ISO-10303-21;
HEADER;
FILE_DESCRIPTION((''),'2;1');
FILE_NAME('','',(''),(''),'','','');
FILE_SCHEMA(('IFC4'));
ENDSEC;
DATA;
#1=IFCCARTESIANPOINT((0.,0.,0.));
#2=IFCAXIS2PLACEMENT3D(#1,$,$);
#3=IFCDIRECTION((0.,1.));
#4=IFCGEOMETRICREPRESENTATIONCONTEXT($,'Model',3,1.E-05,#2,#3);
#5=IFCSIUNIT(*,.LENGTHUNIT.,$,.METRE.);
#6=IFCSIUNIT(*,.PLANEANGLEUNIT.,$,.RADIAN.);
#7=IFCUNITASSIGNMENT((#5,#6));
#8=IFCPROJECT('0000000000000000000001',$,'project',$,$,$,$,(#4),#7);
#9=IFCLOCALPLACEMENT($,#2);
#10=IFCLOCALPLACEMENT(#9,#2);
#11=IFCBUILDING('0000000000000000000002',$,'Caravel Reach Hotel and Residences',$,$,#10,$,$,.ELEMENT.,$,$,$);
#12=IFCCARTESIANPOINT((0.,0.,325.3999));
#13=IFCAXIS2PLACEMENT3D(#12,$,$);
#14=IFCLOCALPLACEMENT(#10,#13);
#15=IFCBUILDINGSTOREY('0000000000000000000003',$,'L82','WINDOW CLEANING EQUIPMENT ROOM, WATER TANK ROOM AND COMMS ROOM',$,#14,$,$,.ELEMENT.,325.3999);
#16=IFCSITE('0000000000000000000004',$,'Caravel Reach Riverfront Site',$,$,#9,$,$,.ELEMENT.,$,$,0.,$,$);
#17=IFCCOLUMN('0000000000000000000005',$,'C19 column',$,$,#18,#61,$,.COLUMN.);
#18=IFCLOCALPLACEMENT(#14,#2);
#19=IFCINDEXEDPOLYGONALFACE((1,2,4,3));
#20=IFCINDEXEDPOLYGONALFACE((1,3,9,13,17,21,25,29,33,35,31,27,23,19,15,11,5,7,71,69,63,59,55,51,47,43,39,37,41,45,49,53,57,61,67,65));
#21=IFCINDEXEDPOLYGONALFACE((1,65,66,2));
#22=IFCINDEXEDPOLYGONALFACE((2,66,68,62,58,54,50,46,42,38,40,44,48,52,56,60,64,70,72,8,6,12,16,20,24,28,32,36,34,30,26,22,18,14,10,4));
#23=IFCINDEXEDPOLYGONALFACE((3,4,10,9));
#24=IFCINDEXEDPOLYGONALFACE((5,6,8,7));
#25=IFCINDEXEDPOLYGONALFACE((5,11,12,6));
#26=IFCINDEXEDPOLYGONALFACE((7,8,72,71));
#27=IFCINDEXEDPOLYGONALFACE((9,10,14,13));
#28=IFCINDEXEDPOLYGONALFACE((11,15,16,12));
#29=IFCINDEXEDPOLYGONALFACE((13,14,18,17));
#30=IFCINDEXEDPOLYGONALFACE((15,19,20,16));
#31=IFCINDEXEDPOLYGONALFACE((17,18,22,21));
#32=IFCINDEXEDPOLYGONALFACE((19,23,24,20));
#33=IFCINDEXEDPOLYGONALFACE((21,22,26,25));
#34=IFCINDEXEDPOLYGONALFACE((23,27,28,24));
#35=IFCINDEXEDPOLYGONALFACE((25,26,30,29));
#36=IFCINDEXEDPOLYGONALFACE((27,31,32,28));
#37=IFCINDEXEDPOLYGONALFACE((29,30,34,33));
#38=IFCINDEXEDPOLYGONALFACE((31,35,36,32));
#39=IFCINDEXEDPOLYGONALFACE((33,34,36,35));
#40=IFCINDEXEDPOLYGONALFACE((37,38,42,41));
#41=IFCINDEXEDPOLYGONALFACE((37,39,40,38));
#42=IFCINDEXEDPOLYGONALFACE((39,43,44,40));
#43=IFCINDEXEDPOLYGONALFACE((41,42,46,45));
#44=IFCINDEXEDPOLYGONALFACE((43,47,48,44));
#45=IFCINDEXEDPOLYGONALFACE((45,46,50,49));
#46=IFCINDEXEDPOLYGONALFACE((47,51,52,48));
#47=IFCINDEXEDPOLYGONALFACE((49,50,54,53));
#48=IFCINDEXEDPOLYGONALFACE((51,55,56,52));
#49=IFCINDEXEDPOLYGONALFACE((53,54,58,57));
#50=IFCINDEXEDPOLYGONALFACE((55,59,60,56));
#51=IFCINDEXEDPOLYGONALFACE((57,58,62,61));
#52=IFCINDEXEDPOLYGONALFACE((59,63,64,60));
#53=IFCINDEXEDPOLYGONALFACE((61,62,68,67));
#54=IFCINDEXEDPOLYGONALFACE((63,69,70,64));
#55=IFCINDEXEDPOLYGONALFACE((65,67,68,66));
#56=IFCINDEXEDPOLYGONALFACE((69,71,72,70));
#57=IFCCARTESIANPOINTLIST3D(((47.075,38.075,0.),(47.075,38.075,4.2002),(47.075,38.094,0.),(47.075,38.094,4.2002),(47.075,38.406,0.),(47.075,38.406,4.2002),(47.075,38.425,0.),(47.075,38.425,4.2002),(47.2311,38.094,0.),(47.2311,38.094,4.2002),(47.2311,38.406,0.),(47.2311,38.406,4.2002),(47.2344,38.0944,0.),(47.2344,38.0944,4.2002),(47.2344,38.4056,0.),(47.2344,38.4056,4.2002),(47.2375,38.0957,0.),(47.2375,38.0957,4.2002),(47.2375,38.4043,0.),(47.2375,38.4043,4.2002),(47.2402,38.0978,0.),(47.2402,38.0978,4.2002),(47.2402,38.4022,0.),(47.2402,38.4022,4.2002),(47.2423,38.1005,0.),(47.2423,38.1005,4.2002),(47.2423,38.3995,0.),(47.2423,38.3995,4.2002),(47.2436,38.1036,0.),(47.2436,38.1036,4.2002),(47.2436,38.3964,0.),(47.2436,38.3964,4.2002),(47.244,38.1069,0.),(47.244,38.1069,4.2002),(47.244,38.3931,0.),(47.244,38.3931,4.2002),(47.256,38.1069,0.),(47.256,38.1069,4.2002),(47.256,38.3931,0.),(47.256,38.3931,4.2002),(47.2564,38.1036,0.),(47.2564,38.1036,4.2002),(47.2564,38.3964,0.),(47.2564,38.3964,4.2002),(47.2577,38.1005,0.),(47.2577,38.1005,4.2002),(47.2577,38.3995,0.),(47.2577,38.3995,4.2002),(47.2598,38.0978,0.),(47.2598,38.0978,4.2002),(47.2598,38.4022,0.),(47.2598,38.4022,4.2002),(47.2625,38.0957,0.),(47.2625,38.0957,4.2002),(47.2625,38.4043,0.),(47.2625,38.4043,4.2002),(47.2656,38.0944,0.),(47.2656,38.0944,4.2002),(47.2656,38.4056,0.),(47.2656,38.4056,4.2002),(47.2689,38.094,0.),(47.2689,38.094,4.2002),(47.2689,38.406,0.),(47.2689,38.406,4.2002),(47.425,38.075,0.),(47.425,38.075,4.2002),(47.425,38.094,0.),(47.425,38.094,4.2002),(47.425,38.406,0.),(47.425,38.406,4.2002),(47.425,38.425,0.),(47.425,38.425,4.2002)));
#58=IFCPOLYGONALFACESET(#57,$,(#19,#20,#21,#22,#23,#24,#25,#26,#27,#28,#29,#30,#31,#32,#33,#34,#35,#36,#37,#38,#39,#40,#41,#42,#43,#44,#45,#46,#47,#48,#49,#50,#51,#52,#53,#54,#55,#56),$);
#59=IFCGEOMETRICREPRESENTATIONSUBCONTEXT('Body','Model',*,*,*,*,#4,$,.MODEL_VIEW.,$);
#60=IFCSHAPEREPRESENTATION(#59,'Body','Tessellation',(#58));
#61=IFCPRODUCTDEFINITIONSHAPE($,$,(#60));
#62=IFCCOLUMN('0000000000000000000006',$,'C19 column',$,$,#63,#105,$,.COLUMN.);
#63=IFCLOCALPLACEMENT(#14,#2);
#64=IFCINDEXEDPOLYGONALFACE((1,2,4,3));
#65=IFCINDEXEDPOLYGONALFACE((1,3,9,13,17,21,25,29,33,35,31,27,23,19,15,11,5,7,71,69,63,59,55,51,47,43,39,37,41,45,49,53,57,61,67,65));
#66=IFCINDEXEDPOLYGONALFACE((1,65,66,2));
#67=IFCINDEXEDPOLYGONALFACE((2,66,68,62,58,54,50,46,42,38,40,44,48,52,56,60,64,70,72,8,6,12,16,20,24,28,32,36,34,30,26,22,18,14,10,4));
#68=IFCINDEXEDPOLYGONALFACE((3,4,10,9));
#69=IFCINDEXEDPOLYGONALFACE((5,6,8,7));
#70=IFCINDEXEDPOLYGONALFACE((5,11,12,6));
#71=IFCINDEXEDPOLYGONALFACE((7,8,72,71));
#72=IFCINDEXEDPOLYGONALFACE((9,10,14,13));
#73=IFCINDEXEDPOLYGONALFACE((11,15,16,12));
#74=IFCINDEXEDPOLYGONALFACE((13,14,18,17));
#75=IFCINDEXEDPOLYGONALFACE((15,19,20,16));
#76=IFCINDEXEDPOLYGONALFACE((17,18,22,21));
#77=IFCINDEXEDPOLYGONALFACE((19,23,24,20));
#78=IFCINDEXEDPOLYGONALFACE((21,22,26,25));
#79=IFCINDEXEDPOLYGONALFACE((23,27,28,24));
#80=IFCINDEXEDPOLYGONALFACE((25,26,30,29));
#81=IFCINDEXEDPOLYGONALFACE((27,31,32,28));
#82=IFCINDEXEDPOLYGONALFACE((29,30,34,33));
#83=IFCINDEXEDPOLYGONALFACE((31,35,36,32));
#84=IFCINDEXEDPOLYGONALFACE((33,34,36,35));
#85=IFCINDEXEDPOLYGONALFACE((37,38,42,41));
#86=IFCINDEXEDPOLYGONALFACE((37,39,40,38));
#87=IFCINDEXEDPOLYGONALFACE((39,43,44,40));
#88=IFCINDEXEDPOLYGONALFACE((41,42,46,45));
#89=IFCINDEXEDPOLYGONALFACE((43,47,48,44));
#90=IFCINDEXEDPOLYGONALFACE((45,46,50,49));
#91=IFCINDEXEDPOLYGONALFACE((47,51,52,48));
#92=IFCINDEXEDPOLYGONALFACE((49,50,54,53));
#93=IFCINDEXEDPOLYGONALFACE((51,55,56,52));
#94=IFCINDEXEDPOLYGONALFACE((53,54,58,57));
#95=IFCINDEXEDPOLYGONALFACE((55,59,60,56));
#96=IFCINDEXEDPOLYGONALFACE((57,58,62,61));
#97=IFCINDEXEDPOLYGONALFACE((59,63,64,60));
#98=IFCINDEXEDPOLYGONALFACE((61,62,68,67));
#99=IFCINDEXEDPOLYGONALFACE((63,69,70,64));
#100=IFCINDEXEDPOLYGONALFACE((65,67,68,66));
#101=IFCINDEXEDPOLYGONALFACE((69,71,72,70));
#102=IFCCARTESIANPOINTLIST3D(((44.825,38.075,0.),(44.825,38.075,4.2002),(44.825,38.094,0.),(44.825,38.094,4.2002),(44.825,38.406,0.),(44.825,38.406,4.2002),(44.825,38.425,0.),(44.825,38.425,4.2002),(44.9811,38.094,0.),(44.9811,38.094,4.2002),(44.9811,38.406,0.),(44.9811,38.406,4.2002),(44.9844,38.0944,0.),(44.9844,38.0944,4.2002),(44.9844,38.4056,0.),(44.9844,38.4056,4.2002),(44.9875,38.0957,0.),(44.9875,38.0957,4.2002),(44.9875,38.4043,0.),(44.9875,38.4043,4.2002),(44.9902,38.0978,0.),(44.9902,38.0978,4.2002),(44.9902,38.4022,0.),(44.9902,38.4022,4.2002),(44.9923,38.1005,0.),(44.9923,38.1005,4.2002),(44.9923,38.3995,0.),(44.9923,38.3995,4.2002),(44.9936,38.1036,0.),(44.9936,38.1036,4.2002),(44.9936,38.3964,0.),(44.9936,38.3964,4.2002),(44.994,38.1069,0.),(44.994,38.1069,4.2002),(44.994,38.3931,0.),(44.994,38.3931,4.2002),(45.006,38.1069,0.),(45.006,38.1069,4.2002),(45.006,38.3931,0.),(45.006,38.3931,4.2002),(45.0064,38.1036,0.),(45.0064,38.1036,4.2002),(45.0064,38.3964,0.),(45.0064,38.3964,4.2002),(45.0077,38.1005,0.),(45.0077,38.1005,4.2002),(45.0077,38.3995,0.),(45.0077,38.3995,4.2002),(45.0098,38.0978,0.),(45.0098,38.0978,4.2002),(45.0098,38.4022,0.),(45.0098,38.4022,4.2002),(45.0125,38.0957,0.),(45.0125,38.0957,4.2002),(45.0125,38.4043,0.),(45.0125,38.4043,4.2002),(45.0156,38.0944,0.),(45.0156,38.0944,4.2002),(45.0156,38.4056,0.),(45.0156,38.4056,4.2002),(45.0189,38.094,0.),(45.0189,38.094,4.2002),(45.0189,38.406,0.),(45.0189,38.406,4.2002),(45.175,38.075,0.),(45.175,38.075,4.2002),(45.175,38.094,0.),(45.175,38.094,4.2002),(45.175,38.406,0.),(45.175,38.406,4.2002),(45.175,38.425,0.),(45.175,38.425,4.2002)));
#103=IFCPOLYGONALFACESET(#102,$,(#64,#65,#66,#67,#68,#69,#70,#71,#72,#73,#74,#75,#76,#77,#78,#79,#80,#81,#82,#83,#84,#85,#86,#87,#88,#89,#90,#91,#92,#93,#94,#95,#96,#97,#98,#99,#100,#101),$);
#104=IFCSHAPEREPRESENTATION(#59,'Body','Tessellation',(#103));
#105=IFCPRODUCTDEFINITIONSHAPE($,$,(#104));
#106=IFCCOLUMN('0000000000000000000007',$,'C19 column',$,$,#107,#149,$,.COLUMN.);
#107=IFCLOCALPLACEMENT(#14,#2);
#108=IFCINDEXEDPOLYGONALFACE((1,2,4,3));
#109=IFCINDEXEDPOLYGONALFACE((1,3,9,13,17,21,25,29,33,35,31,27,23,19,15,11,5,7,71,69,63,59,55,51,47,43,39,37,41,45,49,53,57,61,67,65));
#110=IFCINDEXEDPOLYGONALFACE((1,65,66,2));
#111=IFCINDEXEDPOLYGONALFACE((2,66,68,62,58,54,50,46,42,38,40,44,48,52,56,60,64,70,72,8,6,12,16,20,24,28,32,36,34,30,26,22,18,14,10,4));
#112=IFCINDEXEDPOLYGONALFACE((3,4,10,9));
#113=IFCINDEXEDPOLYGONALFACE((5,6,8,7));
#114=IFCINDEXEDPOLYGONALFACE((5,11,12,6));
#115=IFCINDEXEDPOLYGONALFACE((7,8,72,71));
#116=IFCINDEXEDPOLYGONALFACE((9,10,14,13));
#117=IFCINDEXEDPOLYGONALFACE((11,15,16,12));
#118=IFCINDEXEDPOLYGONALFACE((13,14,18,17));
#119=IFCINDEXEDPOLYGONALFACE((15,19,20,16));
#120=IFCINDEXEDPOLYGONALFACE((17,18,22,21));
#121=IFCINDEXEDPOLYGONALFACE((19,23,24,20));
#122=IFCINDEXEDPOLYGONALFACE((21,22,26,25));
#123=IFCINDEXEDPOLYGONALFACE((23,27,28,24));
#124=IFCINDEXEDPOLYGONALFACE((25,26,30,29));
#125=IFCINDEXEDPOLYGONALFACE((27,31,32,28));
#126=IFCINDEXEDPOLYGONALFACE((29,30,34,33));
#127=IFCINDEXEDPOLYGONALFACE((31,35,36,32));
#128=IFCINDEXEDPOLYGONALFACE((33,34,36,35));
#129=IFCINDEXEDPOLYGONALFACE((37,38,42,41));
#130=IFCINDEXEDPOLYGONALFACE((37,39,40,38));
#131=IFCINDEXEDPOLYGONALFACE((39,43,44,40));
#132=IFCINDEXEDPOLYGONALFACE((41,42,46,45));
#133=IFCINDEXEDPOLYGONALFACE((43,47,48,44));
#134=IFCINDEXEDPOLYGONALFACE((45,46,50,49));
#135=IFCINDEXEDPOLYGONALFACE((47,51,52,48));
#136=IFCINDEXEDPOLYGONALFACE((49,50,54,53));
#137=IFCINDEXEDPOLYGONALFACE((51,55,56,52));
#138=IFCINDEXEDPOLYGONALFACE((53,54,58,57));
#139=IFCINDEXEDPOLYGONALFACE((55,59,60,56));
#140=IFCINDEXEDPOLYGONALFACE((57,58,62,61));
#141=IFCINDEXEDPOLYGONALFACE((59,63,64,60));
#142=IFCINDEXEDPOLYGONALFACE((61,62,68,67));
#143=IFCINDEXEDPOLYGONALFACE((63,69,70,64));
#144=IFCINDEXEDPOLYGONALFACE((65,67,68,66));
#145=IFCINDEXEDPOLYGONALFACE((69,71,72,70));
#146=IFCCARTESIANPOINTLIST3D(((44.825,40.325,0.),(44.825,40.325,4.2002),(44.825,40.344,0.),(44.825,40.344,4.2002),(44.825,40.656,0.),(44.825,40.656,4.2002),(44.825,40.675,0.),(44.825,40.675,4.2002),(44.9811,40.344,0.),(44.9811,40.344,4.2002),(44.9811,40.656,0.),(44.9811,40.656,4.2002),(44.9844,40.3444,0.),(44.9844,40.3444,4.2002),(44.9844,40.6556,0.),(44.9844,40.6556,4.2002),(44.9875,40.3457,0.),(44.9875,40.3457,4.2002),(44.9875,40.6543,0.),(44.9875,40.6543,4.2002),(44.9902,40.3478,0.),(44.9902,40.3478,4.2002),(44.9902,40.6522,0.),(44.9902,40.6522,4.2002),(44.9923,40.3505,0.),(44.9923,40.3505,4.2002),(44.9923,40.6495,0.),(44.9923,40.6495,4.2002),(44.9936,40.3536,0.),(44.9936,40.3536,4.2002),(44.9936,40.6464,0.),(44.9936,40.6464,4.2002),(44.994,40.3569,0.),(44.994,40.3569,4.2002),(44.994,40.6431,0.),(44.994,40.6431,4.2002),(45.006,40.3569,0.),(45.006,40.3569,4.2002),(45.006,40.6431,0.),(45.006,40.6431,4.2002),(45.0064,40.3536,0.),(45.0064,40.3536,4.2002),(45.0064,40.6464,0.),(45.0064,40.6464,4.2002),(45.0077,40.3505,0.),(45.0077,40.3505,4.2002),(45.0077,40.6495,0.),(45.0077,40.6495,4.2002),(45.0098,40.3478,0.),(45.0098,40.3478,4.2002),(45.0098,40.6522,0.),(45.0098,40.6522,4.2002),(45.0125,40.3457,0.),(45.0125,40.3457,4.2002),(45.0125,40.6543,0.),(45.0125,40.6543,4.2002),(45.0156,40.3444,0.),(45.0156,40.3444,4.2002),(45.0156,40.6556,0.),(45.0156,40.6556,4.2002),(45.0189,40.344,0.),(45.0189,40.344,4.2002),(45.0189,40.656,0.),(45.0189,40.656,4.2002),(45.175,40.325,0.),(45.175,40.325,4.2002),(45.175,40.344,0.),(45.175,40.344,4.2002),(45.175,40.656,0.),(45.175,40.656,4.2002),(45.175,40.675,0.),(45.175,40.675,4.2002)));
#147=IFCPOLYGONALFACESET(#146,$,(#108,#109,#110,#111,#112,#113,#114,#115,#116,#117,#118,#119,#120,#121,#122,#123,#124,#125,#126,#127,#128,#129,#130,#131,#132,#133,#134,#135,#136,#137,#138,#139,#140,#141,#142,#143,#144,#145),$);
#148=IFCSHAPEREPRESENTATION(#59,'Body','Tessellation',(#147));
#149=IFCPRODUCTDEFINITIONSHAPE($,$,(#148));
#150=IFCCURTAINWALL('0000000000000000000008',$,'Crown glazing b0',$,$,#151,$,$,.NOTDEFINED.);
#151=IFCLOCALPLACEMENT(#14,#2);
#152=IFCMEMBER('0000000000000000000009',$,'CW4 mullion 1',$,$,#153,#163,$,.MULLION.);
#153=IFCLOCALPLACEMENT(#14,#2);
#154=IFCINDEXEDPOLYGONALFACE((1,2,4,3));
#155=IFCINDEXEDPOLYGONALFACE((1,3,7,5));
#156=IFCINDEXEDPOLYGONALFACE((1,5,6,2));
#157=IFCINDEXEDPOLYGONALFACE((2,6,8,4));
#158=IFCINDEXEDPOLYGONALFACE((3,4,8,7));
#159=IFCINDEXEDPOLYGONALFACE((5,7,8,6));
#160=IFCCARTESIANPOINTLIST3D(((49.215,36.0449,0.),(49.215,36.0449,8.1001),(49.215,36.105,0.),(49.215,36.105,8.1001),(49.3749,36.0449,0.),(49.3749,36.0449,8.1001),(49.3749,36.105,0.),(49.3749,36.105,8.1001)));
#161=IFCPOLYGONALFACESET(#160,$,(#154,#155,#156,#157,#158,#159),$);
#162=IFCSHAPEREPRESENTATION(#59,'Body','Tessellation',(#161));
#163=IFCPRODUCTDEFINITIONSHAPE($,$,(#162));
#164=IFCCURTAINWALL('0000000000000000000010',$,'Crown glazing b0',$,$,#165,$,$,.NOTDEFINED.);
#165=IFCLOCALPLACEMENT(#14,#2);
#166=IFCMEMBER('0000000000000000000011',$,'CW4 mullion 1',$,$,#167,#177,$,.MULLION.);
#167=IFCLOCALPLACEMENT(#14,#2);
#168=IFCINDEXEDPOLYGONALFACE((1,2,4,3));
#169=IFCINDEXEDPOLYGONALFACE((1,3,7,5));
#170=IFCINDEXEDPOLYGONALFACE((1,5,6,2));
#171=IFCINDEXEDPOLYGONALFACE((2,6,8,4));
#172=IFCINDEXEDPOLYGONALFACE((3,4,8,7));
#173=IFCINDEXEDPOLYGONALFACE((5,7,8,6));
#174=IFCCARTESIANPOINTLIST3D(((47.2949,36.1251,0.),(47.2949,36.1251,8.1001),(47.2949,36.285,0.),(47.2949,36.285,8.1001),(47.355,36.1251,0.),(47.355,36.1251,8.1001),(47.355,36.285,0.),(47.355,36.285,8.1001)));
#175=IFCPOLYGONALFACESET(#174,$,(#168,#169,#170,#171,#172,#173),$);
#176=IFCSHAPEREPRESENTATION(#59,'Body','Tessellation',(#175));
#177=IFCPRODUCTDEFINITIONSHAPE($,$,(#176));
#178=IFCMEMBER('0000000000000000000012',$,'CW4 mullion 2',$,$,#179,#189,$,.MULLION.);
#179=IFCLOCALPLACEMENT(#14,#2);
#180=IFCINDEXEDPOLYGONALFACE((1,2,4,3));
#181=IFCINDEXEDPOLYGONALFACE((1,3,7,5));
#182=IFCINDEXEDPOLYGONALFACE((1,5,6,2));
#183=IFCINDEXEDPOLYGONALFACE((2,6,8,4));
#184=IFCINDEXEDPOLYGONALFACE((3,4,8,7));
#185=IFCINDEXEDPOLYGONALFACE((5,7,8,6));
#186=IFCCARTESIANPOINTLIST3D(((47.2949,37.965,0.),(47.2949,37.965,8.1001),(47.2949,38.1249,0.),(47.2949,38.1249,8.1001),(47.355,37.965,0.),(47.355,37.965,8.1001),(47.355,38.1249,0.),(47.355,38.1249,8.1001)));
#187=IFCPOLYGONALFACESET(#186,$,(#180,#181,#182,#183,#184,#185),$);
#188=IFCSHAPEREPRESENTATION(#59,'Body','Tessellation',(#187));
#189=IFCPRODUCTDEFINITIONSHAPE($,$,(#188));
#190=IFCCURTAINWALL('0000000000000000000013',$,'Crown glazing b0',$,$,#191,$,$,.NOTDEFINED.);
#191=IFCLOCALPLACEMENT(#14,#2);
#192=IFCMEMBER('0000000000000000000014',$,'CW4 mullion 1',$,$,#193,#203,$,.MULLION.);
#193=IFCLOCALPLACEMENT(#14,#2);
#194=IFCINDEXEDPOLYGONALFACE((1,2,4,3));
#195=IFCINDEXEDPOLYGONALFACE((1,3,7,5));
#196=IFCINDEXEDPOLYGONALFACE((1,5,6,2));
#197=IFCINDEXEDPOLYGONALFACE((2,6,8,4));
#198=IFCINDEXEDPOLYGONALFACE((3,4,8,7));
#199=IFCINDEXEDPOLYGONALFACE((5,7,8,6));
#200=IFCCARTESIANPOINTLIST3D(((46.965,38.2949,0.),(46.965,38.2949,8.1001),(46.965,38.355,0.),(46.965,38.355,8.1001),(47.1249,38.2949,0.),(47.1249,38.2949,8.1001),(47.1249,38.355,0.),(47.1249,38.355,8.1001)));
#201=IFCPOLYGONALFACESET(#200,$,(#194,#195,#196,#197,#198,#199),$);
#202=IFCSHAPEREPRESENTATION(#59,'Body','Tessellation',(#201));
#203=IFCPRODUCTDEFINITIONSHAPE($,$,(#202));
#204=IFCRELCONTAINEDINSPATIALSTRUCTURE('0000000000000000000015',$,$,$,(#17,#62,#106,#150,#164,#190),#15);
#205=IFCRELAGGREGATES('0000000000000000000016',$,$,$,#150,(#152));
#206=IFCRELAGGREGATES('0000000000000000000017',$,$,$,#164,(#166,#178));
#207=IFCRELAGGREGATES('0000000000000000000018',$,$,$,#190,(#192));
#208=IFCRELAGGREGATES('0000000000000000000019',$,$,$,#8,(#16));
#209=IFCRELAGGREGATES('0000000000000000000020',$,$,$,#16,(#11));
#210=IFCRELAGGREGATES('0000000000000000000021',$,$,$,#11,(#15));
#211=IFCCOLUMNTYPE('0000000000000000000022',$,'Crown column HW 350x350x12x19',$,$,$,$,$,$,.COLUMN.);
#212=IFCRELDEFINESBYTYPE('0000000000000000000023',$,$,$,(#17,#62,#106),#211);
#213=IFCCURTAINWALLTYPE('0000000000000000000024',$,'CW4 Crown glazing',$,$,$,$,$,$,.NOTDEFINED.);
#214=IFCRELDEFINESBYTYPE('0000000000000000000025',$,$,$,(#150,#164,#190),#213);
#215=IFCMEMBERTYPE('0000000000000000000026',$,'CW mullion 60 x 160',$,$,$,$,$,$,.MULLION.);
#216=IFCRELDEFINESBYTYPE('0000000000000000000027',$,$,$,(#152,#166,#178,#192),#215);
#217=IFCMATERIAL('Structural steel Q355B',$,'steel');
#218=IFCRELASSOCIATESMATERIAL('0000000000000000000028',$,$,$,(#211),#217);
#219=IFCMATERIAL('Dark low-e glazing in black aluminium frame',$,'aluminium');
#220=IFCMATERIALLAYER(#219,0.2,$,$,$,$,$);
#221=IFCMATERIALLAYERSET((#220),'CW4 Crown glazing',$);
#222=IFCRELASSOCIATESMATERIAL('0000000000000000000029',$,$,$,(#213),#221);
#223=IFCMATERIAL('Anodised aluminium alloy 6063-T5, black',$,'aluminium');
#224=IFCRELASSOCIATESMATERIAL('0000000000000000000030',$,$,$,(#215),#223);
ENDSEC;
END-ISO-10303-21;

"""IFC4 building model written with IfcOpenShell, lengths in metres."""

from ifc_helpers import new_model, si_unit, direction, frame, origin, origin_2d, place, context, subcontext, project, spatial, rectangle, i_section, extrude, material, layer, layer_set, material_profile, profile_set, type_object, element, aggregate, save


model = new_model("IFC4")

# Units and contexts
model_context = context("Model", 3, precision=1e-05, world=origin(), true_north=direction((0.0, 1.0)))
body_context = subcontext(model_context, "Body", "Model", "MODEL_VIEW")
ifc_project = project(units=[si_unit("LENGTHUNIT", "METRE"), si_unit("PLANEANGLEUNIT", "RADIAN")], contexts=[model_context])

# Site, building, storey
site_placement = place(None, origin())
site = spatial("IfcSite", under=ifc_project, at=site_placement, Name="Caravel Reach Riverfront Site", CompositionType="ELEMENT", RefElevation=0.0)
building_placement = place(site_placement, origin())
building = spatial("IfcBuilding", under=site, at=building_placement, Name="Caravel Reach Hotel and Residences", CompositionType="ELEMENT")
storey_placement = place(building_placement, frame((0.0, 0.0, 325.3999)))
storey = spatial("IfcBuildingStorey", under=building, at=storey_placement, Name="L82", Description="WINDOW CLEANING EQUIPMENT ROOM, WATER TANK ROOM AND COMMS ROOM", CompositionType="ELEMENT", Elevation=325.3999)

# Columns
ifc_material_1 = material(Name="Structural steel Q355B", Category="steel")
ifc_material_profile_1 = material_profile(ifc_material_1, i_section(OverallWidth=0.3501, OverallDepth=0.3501, WebThickness=0.012, FlangeThickness=0.019, FilletRadius=0.0129, at=origin_2d()), Name="HW 350x350x12x19")
ifc_profile_set_1 = profile_set([ifc_material_profile_1], Name="Structural steel Q355B")
column_type = type_object("IfcColumnType", Name="Crown column HW 350x350x12x19", PredefinedType="COLUMN", material=ifc_profile_set_1)
for number, where, z_axis, x_axis, name in (
    (1, (47.25, 38.25, 0.0), (0.0, 0.0, 1.0), (1.0, 0.0, 0.0), "C19 column"),
    (2, (45.0, 38.25, 0.0), (0.0, 0.0, 1.0), (1.0, 0.0, 0.0), "C19 column"),
    (3, (45.0, 40.5, 0.0), (0.0, 0.0, 1.0), (1.0, 0.0, 0.0), "C19 column"),
):
    element("IfcColumn", number, at=place(storey_placement, frame(where, z_axis=z_axis, x_axis=x_axis)), inside=storey, type_object=column_type, Name=name, PredefinedType="COLUMN", context=body_context, shape_type="SweptSolid", body=[
        extrude(i_section(OverallWidth=0.3501, OverallDepth=0.3501, WebThickness=0.012, FlangeThickness=0.019, FilletRadius=0.0129, at=origin_2d()), origin(), (0.0, 0.0, 1.0), 4.2002),
    ])

# Curtain wall, member
ifc_material_2 = material(Name="Dark low-e glazing in black aluminium frame", Category="aluminium")
ifc_layer_1 = layer(ifc_material_2, 0.2)
ifc_layer_set_1 = layer_set([ifc_layer_1], Name="CW4 Crown glazing")
curtain_wall_type = type_object("IfcCurtainWallType", Name="CW4 Crown glazing", PredefinedType="NOTDEFINED", material=ifc_layer_set_1)
curtain_wall_1_placement = place(storey_placement, origin())
curtain_wall_1 = element("IfcCurtainWall", 4, at=curtain_wall_1_placement, inside=storey, type_object=curtain_wall_type, Name="Crown glazing b0", PredefinedType="NOTDEFINED")
ifc_material_3 = material(Name="Anodised aluminium alloy 6063-T5, black", Category="aluminium")
ifc_material_profile_2 = material_profile(ifc_material_3, rectangle(XDim=0.0601, YDim=0.1599, at=origin_2d()), Name="CW mullion 60 x 160")
ifc_profile_set_2 = profile_set([ifc_material_profile_2], Name="Anodised aluminium alloy 6063-T5, black")
member_type_1 = type_object("IfcMemberType", Name="CW mullion 60 x 160", PredefinedType="MULLION", material=ifc_profile_set_2)
member_1_placement = place(storey_placement, frame((49.2949, 36.075, 0.0), z_axis=(0.0, 0.0, 1.0), x_axis=(0.0, -1.0, 0.0)))
member_1 = element("IfcMember", 5, at=member_1_placement, type_object=member_type_1, Name="CW4 mullion 1", PredefinedType="MULLION", context=body_context, shape_type="SweptSolid", body=[
    extrude(rectangle(XDim=0.0601, YDim=0.1599, at=origin_2d()), origin(), (0.0, 0.0, 1.0), 8.1001),
])

# Curtain walls, members
curtain_wall_2_placement = place(storey_placement, origin())
curtain_wall_2 = element("IfcCurtainWall", 6, at=curtain_wall_2_placement, inside=storey, type_object=curtain_wall_type, Name="Crown glazing b0", PredefinedType="NOTDEFINED")
member_2_placement = place(storey_placement, frame((47.325, 36.2051, 0.0), z_axis=(0.0, 0.0, 1.0), x_axis=(-1.0, 0.0, 0.0)))
member_2 = element("IfcMember", 7, at=member_2_placement, type_object=member_type_1, Name="CW4 mullion 1", PredefinedType="MULLION", context=body_context, shape_type="SweptSolid", body=[
    extrude(rectangle(XDim=0.0601, YDim=0.1599, at=origin_2d()), origin(), (0.0, 0.0, 1.0), 8.1001),
])
member_3_placement = place(storey_placement, frame((47.325, 38.0449, 0.0), z_axis=(0.0, 0.0, 1.0), x_axis=(-1.0, 0.0, 0.0)))
member_3 = element("IfcMember", 8, at=member_3_placement, type_object=member_type_1, Name="CW4 mullion 2", PredefinedType="MULLION", context=body_context, shape_type="SweptSolid", body=[
    extrude(rectangle(XDim=0.0601, YDim=0.1599, at=origin_2d()), origin(), (0.0, 0.0, 1.0), 8.1001),
])
curtain_wall_3_placement = place(storey_placement, origin())
curtain_wall_3 = element("IfcCurtainWall", 9, at=curtain_wall_3_placement, inside=storey, type_object=curtain_wall_type, Name="Crown glazing b0", PredefinedType="NOTDEFINED")
member_4_placement = place(storey_placement, frame((47.0449, 38.325, 0.0), z_axis=(0.0, 0.0, 1.0), x_axis=(0.0, -1.0, 0.0)))
member_4 = element("IfcMember", 10, at=member_4_placement, type_object=member_type_1, Name="CW4 mullion 1", PredefinedType="MULLION", context=body_context, shape_type="SweptSolid", body=[
    extrude(rectangle(XDim=0.0601, YDim=0.1599, at=origin_2d()), origin(), (0.0, 0.0, 1.0), 8.1001),
])

aggregate(curtain_wall_1, [member_1])

aggregate(curtain_wall_2, [member_2, member_3])
aggregate(curtain_wall_3, [member_4])

save(model, "model.ifc")
